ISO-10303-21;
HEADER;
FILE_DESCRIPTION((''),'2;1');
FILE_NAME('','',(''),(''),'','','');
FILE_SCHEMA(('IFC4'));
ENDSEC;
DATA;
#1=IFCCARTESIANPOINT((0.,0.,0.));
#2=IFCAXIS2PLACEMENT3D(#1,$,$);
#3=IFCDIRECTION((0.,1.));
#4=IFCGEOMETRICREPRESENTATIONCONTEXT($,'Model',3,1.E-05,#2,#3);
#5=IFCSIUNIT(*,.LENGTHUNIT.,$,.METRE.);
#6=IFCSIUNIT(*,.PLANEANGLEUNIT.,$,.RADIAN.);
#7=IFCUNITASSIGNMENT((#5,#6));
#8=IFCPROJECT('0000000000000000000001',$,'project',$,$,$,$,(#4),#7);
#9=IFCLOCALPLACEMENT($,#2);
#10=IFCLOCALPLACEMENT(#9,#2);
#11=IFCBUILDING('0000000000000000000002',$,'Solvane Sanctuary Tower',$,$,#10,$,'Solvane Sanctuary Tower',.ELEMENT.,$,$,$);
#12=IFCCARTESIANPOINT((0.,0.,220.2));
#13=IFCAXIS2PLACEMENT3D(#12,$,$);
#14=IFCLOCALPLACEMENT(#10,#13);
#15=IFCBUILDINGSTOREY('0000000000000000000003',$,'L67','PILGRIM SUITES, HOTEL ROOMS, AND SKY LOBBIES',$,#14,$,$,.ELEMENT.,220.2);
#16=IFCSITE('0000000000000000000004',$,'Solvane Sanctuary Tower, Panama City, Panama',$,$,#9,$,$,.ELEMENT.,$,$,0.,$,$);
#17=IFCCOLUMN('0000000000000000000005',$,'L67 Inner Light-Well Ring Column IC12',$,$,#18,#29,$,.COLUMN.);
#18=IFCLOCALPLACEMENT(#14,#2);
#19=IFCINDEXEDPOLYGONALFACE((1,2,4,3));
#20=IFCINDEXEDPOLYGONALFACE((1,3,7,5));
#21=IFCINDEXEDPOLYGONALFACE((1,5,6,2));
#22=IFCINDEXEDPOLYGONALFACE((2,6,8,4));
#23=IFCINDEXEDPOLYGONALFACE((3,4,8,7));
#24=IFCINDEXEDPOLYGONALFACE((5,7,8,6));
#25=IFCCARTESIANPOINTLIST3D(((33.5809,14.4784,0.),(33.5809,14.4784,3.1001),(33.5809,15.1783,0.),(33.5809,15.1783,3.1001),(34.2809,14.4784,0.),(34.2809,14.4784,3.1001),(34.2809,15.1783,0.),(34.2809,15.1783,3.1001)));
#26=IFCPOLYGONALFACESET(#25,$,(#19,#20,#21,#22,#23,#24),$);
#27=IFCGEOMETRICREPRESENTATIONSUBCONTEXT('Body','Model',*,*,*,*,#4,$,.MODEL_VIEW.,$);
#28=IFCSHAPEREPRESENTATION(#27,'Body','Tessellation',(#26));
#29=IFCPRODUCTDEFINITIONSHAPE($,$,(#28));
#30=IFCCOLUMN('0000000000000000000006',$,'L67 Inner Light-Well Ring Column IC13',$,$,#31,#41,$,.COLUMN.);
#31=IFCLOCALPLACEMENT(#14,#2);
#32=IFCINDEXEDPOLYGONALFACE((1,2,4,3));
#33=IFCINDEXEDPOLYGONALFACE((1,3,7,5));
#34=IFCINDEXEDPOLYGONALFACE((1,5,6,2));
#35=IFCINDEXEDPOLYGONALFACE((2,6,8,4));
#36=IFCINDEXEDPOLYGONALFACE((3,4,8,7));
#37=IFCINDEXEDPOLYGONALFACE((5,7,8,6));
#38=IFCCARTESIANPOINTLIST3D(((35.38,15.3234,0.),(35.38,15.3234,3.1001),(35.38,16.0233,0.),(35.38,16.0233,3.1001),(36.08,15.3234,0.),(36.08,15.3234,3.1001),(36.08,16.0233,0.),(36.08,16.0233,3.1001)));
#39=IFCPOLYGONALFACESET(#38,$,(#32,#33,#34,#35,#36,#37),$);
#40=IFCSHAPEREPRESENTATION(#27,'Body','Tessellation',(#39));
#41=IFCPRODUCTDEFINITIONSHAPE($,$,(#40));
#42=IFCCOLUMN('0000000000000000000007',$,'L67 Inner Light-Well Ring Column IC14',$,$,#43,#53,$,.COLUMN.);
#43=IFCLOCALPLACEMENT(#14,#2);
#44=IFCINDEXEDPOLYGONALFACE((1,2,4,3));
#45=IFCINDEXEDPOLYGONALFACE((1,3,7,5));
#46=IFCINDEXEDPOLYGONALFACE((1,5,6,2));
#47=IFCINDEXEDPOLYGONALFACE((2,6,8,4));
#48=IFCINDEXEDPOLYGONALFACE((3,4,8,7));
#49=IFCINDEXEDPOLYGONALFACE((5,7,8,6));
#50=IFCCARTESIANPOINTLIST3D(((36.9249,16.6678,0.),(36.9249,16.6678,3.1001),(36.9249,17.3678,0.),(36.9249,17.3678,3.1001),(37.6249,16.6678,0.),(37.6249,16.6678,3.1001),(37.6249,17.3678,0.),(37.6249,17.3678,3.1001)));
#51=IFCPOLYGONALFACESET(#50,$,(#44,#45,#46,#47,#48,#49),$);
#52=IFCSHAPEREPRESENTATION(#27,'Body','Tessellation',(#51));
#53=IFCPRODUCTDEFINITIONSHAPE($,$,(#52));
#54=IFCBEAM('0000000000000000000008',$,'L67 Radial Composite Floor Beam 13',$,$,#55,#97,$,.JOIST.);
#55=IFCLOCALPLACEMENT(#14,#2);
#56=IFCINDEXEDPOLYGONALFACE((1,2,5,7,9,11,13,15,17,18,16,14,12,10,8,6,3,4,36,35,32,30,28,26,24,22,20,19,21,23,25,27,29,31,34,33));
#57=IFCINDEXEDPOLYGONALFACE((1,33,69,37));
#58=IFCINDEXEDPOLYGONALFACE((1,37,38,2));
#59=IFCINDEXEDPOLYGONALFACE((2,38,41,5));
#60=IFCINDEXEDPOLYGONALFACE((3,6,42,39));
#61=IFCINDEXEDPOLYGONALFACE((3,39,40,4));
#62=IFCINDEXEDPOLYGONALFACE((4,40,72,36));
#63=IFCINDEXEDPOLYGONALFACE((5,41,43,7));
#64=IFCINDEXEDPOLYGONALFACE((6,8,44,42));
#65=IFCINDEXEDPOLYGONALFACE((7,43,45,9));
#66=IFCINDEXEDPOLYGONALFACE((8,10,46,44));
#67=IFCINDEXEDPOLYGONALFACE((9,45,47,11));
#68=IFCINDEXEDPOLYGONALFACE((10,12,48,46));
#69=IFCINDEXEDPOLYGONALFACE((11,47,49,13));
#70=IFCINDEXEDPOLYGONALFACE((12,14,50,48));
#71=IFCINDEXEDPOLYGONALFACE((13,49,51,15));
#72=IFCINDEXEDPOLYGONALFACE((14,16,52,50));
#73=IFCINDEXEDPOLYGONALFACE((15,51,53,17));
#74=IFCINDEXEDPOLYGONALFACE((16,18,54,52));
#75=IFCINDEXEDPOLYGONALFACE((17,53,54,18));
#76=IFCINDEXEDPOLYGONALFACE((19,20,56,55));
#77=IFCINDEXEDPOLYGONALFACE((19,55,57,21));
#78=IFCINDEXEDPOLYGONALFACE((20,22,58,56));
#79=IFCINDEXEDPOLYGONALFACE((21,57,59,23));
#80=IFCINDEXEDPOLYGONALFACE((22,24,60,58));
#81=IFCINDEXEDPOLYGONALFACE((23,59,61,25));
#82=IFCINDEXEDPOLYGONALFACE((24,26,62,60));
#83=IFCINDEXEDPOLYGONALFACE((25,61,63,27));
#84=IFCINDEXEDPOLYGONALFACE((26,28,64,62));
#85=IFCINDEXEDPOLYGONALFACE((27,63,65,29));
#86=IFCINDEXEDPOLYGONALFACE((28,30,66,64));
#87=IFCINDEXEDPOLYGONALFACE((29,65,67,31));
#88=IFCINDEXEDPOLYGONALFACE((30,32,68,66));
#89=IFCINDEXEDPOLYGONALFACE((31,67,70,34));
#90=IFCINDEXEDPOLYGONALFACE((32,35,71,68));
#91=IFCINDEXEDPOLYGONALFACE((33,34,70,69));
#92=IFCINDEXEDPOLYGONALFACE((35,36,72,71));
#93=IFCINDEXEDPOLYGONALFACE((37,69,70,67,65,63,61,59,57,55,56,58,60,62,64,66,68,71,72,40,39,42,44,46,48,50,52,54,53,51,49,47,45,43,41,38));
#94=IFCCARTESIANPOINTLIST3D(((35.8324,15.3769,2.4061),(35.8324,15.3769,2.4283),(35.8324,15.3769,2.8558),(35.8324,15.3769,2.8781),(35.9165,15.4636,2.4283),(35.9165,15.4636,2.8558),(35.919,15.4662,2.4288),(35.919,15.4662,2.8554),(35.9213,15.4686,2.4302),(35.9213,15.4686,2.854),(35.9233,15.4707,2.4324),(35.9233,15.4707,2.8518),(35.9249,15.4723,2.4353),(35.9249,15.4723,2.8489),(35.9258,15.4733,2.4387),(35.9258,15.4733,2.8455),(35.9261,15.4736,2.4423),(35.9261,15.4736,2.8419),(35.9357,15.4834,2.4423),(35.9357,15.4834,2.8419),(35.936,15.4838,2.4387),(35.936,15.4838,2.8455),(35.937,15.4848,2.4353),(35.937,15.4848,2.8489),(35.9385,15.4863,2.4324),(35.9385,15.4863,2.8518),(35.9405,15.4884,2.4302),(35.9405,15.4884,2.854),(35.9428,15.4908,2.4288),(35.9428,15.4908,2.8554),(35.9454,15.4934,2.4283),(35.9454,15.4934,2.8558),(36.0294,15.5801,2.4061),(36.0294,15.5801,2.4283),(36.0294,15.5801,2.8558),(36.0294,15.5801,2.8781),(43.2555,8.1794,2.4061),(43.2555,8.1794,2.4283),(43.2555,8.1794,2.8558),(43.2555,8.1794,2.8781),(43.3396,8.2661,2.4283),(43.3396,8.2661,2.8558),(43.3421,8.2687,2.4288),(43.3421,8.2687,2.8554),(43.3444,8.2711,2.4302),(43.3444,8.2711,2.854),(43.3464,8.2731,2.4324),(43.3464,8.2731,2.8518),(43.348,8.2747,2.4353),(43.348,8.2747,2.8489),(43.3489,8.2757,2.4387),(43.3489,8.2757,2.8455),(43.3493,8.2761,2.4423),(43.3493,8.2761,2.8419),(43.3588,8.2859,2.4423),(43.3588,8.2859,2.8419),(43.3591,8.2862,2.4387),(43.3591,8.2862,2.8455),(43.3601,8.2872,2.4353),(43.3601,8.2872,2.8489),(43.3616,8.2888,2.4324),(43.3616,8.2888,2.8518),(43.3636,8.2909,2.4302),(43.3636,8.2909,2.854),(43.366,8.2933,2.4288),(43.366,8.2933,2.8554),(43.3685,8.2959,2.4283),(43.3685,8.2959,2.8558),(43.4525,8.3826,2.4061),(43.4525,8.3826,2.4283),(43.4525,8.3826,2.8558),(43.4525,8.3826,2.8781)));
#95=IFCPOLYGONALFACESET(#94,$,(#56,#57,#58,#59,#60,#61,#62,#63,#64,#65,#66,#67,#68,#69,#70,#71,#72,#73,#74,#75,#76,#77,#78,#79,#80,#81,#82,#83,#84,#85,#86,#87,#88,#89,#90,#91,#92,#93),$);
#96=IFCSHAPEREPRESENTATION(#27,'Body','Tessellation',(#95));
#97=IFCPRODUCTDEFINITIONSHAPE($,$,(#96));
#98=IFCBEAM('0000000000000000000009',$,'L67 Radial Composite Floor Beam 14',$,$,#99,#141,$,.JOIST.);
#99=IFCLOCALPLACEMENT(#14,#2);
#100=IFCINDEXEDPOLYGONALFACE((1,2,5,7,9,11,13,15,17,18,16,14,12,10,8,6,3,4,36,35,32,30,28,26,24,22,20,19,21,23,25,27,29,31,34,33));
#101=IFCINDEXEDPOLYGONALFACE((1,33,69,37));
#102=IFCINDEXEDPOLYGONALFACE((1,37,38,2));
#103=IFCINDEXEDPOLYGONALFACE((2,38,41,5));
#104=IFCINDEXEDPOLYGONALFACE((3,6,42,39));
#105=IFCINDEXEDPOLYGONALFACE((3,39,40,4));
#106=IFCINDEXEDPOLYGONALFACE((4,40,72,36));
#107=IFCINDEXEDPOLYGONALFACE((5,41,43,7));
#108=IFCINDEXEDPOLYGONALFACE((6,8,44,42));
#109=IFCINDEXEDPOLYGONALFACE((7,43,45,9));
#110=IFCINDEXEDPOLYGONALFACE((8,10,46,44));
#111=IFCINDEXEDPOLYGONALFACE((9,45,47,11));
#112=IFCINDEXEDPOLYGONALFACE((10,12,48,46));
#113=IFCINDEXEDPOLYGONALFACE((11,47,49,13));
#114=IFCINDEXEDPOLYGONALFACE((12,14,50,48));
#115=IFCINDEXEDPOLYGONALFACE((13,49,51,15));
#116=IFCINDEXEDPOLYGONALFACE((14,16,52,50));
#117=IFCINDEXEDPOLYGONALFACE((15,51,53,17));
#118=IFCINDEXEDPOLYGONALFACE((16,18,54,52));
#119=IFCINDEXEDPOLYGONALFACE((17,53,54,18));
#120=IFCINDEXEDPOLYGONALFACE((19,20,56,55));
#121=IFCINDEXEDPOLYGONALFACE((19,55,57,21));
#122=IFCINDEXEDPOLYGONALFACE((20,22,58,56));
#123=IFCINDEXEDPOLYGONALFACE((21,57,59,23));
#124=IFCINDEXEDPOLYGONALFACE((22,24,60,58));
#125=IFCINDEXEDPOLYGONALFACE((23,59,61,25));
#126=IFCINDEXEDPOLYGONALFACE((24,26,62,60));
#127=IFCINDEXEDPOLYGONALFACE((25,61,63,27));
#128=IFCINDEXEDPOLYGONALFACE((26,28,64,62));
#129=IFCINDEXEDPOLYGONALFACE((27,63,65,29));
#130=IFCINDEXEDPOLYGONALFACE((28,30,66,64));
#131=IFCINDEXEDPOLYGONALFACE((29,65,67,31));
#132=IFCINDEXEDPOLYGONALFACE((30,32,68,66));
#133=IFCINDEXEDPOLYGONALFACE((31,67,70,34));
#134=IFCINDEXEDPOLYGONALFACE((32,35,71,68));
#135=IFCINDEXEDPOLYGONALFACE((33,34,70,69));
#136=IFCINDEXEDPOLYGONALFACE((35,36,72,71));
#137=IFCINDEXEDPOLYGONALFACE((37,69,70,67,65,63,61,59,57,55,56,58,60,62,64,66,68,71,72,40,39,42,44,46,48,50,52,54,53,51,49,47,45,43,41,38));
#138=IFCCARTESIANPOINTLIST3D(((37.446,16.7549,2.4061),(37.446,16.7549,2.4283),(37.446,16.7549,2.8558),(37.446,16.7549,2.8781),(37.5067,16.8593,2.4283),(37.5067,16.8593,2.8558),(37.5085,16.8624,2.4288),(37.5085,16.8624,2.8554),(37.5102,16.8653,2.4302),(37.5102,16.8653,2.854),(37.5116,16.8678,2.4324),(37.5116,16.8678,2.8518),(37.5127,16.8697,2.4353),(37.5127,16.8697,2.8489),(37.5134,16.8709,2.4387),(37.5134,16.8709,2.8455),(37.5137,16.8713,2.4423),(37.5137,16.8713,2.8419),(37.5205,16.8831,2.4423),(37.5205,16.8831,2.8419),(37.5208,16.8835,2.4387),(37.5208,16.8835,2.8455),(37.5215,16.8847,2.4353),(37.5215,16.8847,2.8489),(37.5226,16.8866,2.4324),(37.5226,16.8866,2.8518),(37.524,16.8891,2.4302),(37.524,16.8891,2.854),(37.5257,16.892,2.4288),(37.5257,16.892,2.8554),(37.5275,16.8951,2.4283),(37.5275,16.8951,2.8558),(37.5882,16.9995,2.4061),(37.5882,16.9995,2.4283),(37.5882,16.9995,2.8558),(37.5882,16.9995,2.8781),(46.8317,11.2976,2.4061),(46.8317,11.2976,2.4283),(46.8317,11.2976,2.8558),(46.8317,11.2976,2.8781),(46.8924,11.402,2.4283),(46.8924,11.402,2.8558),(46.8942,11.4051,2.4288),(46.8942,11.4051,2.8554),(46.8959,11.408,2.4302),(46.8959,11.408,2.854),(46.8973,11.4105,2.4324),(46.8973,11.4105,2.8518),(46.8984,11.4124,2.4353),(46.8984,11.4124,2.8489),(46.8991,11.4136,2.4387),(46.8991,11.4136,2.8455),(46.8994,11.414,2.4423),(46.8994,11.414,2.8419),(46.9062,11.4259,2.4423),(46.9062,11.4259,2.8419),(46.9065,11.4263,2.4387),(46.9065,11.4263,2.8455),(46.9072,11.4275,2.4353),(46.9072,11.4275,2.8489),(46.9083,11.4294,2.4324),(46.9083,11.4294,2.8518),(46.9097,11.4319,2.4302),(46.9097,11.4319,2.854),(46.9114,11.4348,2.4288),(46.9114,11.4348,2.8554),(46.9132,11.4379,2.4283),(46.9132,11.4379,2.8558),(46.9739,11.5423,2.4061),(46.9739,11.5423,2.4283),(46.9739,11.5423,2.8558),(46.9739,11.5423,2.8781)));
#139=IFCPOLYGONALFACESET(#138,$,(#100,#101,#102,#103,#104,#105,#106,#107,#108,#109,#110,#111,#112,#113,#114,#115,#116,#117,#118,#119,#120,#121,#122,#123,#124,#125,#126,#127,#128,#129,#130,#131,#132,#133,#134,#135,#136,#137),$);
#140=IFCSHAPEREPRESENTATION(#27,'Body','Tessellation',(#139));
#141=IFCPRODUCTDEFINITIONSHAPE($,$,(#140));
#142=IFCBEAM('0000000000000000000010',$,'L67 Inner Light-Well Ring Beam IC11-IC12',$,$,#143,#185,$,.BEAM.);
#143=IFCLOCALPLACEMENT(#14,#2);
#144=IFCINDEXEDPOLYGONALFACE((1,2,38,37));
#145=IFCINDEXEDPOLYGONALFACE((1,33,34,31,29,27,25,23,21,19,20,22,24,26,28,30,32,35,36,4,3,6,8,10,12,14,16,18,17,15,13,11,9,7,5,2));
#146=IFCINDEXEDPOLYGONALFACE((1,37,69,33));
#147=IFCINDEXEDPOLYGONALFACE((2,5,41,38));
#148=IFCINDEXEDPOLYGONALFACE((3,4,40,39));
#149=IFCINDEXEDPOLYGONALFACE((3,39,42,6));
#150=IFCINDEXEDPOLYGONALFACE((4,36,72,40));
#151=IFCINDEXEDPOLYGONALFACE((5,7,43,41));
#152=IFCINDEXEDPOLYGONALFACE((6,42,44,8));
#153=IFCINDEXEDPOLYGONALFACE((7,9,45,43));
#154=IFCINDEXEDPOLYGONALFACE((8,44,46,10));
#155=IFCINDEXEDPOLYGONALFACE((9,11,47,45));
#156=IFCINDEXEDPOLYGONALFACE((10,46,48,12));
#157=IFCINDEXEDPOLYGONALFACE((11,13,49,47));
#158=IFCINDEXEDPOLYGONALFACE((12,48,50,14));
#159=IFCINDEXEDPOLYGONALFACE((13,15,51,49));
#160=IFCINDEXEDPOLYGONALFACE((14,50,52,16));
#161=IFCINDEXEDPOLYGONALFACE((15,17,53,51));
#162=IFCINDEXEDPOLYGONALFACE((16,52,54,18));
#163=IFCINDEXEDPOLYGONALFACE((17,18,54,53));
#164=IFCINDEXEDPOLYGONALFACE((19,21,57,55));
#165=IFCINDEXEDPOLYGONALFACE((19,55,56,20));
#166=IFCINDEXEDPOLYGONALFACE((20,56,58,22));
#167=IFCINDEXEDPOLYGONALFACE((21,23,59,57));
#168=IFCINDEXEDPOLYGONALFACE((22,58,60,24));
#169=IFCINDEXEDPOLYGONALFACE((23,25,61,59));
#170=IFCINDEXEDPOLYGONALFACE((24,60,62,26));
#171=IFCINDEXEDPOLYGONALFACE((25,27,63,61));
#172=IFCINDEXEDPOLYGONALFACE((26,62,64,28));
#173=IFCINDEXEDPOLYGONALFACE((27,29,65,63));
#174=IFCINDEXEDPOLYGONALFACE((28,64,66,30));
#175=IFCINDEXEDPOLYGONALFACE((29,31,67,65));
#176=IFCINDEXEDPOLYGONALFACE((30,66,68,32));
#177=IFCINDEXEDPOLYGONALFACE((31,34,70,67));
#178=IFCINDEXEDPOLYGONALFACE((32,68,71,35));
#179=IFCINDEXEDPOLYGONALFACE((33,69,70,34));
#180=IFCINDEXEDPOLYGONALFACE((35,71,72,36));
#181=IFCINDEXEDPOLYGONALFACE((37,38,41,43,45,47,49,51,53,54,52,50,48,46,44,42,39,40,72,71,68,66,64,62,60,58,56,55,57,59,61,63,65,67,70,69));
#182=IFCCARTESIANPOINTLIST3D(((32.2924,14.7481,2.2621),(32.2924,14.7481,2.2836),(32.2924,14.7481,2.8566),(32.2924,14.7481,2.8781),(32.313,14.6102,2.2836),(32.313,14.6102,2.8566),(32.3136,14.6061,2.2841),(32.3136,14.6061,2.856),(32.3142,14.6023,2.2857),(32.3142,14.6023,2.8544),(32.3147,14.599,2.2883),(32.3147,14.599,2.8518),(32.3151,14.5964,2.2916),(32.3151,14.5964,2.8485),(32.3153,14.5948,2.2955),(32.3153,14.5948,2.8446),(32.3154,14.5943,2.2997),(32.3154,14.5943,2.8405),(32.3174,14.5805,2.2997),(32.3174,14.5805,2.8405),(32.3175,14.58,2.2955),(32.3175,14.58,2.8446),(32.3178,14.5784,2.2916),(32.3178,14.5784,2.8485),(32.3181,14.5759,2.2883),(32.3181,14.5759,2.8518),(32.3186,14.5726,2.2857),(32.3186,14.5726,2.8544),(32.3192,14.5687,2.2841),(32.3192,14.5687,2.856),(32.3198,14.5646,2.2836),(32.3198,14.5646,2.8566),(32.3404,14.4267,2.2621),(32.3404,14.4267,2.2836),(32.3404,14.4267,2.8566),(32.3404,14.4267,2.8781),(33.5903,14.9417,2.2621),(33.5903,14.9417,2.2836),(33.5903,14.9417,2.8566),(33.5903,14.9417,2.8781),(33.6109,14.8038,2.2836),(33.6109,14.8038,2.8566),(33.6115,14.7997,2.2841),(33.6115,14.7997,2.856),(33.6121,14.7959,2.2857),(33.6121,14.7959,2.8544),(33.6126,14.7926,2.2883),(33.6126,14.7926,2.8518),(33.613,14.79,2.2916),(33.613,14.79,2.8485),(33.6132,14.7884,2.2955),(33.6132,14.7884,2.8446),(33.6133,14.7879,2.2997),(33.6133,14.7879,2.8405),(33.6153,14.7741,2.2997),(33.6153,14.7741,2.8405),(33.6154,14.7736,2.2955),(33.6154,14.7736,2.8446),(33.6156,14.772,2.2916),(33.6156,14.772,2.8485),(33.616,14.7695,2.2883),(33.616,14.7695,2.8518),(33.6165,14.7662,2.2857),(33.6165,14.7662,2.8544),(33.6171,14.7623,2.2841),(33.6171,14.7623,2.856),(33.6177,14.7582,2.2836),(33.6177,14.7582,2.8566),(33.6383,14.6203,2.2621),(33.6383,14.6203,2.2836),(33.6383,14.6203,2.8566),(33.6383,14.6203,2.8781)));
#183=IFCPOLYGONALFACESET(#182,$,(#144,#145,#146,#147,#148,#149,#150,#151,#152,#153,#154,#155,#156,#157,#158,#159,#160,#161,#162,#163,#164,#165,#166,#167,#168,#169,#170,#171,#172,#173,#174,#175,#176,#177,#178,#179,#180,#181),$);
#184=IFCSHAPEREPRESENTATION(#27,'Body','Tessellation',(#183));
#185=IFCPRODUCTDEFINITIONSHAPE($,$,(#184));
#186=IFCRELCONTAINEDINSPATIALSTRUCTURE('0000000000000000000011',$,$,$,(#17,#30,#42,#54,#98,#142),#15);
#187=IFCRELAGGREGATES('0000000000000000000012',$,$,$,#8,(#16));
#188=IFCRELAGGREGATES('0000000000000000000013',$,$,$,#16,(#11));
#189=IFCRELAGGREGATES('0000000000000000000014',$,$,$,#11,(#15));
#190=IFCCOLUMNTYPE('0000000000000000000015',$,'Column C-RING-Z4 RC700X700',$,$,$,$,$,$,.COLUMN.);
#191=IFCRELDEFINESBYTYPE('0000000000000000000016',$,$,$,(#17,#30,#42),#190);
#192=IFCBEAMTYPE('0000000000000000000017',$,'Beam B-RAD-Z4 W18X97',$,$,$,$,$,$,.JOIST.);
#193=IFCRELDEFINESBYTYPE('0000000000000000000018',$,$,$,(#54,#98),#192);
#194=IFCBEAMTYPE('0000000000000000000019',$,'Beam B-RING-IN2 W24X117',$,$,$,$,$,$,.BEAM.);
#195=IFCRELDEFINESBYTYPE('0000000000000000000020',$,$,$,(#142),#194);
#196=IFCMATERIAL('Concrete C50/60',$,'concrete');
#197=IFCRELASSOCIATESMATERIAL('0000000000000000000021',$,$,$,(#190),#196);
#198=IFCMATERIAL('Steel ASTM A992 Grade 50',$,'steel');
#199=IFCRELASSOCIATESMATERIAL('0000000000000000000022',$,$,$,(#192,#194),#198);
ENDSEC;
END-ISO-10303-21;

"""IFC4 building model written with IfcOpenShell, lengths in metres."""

from ifc_helpers import new_model, si_unit, direction, frame, origin, origin_2d, place, context, subcontext, project, spatial, rectangle, i_section, extrude, material, material_profile, profile_set, type_object, element, save


model = new_model("IFC4")

# Units and contexts
model_context = context("Model", 3, precision=1e-05, world=origin(), true_north=direction((0.0, 1.0)))
body_context = subcontext(model_context, "Body", "Model", "MODEL_VIEW")
ifc_project = project(units=[si_unit("LENGTHUNIT", "METRE"), si_unit("PLANEANGLEUNIT", "RADIAN")], contexts=[model_context])

# Site, building, storey
site_placement = place(None, origin())
site = spatial("IfcSite", under=ifc_project, at=site_placement, Name="Solvane Sanctuary Tower, Panama City, Panama", CompositionType="ELEMENT", RefElevation=0.0)
building_placement = place(site_placement, origin())
building = spatial("IfcBuilding", under=site, at=building_placement, Name="Solvane Sanctuary Tower", LongName="Solvane Sanctuary Tower", CompositionType="ELEMENT")
storey_placement = place(building_placement, frame((0.0, 0.0, 220.2)))
storey = spatial("IfcBuildingStorey", under=building, at=storey_placement, Name="L67", Description="PILGRIM SUITES, HOTEL ROOMS, AND SKY LOBBIES", CompositionType="ELEMENT", Elevation=220.2)

# Columns
ifc_material_1 = material(Name="Concrete C50/60", Category="concrete")
ifc_material_profile_1 = material_profile(ifc_material_1, rectangle(XDim=0.7, YDim=0.7, at=origin_2d()), Name="RC700X700")
ifc_profile_set_1 = profile_set([ifc_material_profile_1], Name="Concrete C50/60")
column_type = type_object("IfcColumnType", Name="Column C-RING-Z4 RC700X700", PredefinedType="COLUMN", material=ifc_profile_set_1)
for number, where, z_axis, x_axis, name in (
    (1, (33.9309, 14.8284, 0.0), (0.0, 0.0, 1.0), (1.0, 0.0, 0.0), "L67 Inner Light-Well Ring Column IC12"),
    (2, (35.73, 15.6733, 0.0), (0.0, 0.0, 1.0), (1.0, 0.0, 0.0), "L67 Inner Light-Well Ring Column IC13"),
    (3, (37.2749, 17.0178, 0.0), (0.0, 0.0, 1.0), (1.0, 0.0, 0.0), "L67 Inner Light-Well Ring Column IC14"),
):
    element("IfcColumn", number, at=place(storey_placement, frame(where, z_axis=z_axis, x_axis=x_axis)), inside=storey, type_object=column_type, Name=name, PredefinedType="COLUMN", context=body_context, shape_type="SweptSolid", body=[
        extrude(rectangle(XDim=0.7, YDim=0.7, at=origin_2d()), origin(), (0.0, 0.0, 1.0), 3.1001),
    ])

# Beams
ifc_material_2 = material(Name="Steel ASTM A992 Grade 50", Category="steel")
ifc_material_profile_2 = material_profile(ifc_material_2, i_section(OverallWidth=0.283, OverallDepth=0.4719, WebThickness=0.0137, FlangeThickness=0.0222, FilletRadius=0.0139, at=origin_2d()), Name="W18X97")
ifc_profile_set_2 = profile_set([ifc_material_profile_2], Name="Steel ASTM A992 Grade 50")
beam_type_1 = type_object("IfcBeamType", Name="Beam B-RAD-Z4 W18X97", PredefinedType="JOIST", material=ifc_profile_set_2)
beam_1_placement = place(storey_placement, frame((35.9309, 15.4785, 2.6421), z_axis=(0.717932, -0.696114, 0.0), x_axis=(0.696114, 0.717932, 0.0)))
element("IfcBeam", 4, at=beam_1_placement, inside=storey, type_object=beam_type_1, Name="L67 Radial Composite Floor Beam 13", PredefinedType="JOIST", context=body_context, shape_type="SweptSolid", body=[
    extrude(i_section(OverallWidth=0.283, OverallDepth=0.4719, WebThickness=0.0137, FlangeThickness=0.0222, FilletRadius=0.0139, at=origin_2d()), origin(), (0.0, 0.0, 1.0), 10.3396),
])
beam_2_placement = place(storey_placement, frame((37.5171, 16.8772, 2.6421), z_axis=(0.864489, -0.502651, 0.0), x_axis=(0.502651, 0.864489, 0.0)))
element("IfcBeam", 5, at=beam_2_placement, inside=storey, type_object=beam_type_1, Name="L67 Radial Composite Floor Beam 14", PredefinedType="JOIST", context=body_context, shape_type="SweptSolid", body=[
    extrude(i_section(OverallWidth=0.283, OverallDepth=0.4719, WebThickness=0.0137, FlangeThickness=0.0222, FilletRadius=0.0139, at=origin_2d()), origin(), (0.0, 0.0, 1.0), 10.8569),
])
ifc_material_profile_3 = material_profile(ifc_material_2, i_section(OverallWidth=0.325, OverallDepth=0.616, WebThickness=0.0139, FlangeThickness=0.0215, FilletRadius=0.0161, at=origin_2d()), Name="W24X117")
ifc_profile_set_3 = profile_set([ifc_material_profile_3], Name="Steel ASTM A992 Grade 50")
beam_type_2 = type_object("IfcBeamType", Name="Beam B-RING-IN2 W24X117", PredefinedType="BEAM", material=ifc_profile_set_3)
beam_3_placement = place(storey_placement, frame((32.3164, 14.5874, 2.5701), z_axis=(0.989056, 0.14754, 0.0), x_axis=(-0.14754, 0.989056, 0.0)))
element("IfcBeam", 6, at=beam_3_placement, inside=storey, type_object=beam_type_2, Name="L67 Inner Light-Well Ring Beam IC11-IC12", PredefinedType="BEAM", context=body_context, shape_type="SweptSolid", body=[
    extrude(i_section(OverallWidth=0.325, OverallDepth=0.616, WebThickness=0.0139, FlangeThickness=0.0215, FilletRadius=0.0161, at=origin_2d()), origin(), (0.0, 0.0, 1.0), 1.3123),
])

save(model, "model.ifc")
